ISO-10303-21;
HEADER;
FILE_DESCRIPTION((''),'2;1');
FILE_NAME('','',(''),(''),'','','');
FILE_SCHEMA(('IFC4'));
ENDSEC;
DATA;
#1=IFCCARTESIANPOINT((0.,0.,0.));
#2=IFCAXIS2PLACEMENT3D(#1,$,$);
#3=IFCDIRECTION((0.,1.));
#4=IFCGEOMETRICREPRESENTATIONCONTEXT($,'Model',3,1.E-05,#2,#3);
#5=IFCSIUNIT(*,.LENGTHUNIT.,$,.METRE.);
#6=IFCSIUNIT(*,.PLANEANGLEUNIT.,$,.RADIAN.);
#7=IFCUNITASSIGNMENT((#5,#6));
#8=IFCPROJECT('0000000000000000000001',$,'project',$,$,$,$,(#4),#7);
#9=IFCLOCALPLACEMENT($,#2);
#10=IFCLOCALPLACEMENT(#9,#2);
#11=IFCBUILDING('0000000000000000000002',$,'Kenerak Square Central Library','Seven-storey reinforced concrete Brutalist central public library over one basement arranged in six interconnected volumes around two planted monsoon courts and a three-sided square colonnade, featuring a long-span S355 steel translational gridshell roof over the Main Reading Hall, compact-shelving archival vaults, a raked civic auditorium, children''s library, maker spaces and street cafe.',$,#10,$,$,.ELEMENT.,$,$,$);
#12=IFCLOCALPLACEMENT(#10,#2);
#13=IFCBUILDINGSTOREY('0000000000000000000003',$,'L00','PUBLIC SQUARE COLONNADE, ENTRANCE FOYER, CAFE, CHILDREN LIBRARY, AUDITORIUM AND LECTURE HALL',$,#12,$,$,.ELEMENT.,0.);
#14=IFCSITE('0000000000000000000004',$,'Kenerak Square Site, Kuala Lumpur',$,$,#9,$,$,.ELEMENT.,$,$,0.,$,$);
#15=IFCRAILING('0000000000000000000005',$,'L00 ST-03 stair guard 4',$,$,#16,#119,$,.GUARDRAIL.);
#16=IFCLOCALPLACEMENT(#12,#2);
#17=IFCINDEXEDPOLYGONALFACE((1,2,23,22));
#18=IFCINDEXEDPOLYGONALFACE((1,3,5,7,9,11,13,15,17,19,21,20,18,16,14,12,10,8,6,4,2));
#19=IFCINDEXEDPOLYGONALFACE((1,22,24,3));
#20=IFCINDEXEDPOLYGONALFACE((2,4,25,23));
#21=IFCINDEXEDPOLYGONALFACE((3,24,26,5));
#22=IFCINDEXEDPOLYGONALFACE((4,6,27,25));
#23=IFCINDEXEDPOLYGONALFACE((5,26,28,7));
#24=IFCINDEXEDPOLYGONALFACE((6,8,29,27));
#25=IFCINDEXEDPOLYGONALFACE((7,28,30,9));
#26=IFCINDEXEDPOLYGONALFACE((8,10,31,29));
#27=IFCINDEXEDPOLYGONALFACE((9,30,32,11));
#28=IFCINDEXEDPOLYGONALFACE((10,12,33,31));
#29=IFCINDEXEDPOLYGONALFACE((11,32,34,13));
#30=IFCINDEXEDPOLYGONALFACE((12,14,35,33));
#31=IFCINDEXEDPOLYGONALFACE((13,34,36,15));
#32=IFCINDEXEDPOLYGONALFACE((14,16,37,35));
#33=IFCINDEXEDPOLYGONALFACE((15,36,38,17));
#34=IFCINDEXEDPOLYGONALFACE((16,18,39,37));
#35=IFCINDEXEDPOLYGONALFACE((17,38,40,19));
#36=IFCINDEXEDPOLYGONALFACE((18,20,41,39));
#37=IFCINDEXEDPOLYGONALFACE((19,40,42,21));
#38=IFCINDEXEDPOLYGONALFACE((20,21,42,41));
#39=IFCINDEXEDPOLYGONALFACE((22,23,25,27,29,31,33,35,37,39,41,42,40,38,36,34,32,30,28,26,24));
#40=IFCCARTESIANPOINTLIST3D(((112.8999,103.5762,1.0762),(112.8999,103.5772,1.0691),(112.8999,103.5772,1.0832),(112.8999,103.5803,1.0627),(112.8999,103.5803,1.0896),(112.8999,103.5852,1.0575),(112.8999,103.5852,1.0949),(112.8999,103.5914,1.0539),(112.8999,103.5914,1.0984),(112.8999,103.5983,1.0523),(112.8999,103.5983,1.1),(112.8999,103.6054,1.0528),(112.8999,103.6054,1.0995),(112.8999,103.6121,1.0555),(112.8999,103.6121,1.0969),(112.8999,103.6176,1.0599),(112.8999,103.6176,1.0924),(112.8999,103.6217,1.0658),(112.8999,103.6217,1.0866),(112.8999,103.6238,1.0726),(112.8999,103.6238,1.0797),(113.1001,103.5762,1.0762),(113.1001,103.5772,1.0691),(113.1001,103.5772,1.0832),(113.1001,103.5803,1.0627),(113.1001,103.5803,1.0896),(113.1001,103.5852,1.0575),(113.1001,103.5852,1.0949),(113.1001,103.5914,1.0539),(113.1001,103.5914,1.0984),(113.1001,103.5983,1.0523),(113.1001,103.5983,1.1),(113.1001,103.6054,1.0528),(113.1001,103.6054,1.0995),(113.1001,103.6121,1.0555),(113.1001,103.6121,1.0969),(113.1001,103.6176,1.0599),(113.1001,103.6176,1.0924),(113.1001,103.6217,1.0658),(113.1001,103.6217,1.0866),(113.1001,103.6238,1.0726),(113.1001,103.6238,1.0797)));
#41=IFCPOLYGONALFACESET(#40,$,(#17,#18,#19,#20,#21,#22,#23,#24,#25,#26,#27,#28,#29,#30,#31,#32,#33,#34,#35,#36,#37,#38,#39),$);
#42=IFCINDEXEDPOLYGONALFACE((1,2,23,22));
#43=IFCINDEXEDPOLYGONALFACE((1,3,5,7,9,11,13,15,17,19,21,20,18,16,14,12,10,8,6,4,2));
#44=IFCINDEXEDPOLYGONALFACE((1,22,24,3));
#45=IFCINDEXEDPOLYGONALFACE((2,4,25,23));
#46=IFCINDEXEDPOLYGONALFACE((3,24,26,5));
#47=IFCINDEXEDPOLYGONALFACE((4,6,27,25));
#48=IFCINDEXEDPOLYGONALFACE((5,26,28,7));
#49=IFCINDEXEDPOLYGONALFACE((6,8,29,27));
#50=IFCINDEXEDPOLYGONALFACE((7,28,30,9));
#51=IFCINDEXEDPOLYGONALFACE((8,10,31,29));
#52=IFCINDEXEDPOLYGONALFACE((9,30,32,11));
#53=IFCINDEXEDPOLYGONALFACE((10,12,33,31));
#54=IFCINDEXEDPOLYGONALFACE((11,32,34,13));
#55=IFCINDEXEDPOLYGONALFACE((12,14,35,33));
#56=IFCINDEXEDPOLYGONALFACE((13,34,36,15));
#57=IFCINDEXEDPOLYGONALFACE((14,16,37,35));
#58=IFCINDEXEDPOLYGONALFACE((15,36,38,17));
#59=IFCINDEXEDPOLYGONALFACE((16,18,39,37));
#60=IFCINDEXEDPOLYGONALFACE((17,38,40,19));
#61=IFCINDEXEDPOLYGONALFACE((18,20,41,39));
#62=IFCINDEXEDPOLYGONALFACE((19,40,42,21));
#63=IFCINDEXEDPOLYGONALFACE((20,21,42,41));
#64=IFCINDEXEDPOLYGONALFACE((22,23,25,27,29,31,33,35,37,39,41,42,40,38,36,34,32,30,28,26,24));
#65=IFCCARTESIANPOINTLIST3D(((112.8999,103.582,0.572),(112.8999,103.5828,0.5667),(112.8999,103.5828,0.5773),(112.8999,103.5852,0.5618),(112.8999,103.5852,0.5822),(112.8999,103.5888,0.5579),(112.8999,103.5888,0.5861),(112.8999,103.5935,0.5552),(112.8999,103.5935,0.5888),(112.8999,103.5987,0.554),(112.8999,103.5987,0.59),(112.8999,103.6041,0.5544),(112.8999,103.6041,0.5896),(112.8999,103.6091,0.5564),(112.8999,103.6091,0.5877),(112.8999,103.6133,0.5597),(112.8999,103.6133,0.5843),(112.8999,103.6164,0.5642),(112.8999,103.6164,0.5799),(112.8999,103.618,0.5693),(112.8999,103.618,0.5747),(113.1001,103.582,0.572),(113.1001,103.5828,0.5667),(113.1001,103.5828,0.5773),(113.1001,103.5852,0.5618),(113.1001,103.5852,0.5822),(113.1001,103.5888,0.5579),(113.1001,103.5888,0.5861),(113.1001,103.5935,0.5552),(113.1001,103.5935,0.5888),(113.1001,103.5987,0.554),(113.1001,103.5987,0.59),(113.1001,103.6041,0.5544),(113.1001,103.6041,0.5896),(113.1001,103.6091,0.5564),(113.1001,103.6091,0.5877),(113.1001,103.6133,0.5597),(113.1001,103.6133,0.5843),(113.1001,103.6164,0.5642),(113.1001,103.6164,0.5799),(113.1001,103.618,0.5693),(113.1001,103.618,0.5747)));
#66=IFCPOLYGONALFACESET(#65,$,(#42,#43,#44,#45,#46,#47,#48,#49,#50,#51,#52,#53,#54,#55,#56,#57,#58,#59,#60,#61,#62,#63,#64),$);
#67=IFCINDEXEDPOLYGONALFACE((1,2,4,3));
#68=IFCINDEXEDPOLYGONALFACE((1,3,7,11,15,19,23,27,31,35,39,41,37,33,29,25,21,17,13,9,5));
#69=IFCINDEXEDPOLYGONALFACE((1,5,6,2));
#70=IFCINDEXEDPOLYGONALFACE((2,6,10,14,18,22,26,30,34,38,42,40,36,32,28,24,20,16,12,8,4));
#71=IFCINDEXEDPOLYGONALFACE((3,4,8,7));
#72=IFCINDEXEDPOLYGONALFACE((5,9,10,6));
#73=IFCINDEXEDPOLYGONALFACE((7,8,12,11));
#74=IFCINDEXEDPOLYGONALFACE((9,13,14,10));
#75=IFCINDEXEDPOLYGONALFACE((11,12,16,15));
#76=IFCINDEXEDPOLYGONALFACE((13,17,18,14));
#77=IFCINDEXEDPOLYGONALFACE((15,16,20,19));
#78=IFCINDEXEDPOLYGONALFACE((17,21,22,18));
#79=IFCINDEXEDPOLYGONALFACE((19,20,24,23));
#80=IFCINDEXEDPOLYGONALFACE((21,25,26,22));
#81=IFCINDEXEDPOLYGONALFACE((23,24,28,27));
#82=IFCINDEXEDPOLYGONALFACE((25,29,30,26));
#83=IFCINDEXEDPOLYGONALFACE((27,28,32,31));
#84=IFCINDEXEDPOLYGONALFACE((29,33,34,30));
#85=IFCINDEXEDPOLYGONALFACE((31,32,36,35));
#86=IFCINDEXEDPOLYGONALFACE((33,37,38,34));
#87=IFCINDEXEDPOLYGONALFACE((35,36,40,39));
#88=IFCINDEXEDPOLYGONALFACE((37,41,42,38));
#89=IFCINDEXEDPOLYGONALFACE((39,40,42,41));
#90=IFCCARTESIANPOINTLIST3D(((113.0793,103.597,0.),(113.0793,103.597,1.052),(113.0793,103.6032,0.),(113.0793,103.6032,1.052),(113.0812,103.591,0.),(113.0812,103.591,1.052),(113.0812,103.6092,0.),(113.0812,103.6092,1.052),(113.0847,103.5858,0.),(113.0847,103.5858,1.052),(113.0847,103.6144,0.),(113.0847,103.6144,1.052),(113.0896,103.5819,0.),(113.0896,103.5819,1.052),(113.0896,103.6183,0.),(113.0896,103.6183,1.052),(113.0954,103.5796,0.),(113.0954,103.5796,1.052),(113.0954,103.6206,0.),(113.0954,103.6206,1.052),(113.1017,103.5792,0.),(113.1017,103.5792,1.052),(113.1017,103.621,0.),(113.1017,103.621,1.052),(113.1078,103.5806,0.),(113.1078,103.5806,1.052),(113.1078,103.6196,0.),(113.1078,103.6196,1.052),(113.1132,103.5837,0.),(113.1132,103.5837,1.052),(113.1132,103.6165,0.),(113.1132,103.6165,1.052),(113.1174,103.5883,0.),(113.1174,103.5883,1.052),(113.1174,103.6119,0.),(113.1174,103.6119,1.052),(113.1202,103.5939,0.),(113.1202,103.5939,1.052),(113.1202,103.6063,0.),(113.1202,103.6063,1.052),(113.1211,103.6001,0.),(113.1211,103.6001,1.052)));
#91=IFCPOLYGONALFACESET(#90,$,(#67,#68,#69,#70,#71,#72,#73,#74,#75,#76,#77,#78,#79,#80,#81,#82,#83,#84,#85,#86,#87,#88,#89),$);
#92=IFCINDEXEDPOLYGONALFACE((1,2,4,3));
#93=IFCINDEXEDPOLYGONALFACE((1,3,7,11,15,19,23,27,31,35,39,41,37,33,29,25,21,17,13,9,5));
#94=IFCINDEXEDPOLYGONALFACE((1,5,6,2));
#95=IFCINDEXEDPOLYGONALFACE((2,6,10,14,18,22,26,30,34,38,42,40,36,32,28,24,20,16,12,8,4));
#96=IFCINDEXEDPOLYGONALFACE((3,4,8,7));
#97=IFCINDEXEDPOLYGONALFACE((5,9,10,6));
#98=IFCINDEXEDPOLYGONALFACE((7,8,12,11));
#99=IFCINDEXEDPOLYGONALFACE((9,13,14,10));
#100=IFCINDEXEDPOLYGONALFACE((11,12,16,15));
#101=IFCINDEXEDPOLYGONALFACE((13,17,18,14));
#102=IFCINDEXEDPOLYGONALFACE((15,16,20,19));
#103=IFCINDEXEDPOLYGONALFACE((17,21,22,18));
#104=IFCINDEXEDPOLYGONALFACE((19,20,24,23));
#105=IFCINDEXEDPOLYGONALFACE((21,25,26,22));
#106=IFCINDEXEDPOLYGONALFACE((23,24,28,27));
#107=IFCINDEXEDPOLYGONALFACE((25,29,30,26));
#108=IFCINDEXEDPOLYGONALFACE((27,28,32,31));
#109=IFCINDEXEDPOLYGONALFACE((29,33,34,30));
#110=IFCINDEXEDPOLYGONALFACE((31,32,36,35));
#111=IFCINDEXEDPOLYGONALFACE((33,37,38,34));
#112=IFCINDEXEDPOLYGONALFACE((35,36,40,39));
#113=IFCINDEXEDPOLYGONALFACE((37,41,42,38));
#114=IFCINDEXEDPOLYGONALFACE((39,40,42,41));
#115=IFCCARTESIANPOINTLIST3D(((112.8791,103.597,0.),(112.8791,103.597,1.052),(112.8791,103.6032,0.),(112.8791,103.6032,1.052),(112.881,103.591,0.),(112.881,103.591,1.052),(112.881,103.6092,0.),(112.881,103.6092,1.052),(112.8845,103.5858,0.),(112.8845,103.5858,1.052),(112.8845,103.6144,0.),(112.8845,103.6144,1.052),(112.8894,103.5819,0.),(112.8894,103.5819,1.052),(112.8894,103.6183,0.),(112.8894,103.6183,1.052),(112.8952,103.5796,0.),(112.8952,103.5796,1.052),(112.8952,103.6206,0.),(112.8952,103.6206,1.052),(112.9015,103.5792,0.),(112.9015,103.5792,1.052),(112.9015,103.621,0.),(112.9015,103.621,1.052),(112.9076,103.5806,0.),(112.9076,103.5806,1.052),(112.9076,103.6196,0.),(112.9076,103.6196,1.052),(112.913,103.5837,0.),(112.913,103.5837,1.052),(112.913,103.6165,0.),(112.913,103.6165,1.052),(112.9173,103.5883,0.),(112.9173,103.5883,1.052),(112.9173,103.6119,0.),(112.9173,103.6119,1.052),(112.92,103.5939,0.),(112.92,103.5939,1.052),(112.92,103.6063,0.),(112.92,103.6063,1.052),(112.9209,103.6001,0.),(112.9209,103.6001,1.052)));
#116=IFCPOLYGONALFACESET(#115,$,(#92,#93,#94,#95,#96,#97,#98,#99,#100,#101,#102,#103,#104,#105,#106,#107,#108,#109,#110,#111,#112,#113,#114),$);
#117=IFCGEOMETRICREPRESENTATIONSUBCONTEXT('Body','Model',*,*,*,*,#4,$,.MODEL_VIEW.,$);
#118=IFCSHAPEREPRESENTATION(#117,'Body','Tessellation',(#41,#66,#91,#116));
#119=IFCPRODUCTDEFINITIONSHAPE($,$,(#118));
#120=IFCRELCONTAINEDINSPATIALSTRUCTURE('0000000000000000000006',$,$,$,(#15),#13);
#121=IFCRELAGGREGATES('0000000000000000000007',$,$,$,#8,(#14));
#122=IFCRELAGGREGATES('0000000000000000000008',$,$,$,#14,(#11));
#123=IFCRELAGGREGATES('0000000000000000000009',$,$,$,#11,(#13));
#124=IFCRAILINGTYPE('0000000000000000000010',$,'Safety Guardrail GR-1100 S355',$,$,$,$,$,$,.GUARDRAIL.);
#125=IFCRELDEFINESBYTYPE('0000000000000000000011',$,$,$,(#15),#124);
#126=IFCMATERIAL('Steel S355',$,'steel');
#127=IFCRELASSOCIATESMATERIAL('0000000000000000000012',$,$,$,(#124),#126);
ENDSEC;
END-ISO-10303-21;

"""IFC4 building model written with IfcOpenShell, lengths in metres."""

from ifc_helpers import new_model, si_unit, direction, frame, origin, origin_2d, place, context, subcontext, project, spatial, circle, extrude, material, type_object, element, save


model = new_model("IFC4")

# Units and contexts
model_context = context("Model", 3, precision=1e-05, world=origin(), true_north=direction((0.0, 1.0)))
body_context = subcontext(model_context, "Body", "Model", "MODEL_VIEW")
ifc_project = project(units=[si_unit("LENGTHUNIT", "METRE"), si_unit("PLANEANGLEUNIT", "RADIAN")], contexts=[model_context])

# Site, building, storey
site_placement = place(None, origin())
site = spatial("IfcSite", under=ifc_project, at=site_placement, Name="Kenerak Square Site, Kuala Lumpur", CompositionType="ELEMENT", RefElevation=0.0)
building_placement = place(site_placement, origin())
building = spatial("IfcBuilding", under=site, at=building_placement, Name="Kenerak Square Central Library", Description="Seven-storey reinforced concrete Brutalist central public library over one basement arranged in six interconnected volumes around two planted monsoon courts and a three-sided square colonnade, featuring a long-span S355 steel translational gridshell roof over the Main Reading Hall, compact-shelving archival vaults, a raked civic auditorium, children's library, maker spaces and street cafe.", CompositionType="ELEMENT")
storey_placement = place(building_placement, origin())
storey = spatial("IfcBuildingStorey", under=building, at=storey_placement, Name="L00", Description="PUBLIC SQUARE COLONNADE, ENTRANCE FOYER, CAFE, CHILDREN LIBRARY, AUDITORIUM AND LECTURE HALL", CompositionType="ELEMENT", Elevation=0.0)

# Railing
ifc_material_1 = material(Name="Steel S355", Category="steel")
railing_type_1 = type_object("IfcRailingType", Name="Safety Guardrail GR-1100 S355", PredefinedType="GUARDRAIL", material=ifc_material_1)
railing_1_placement = place(storey_placement, frame((113.1001, 103.6001, 0.0)))
element("IfcRailing", 1, at=railing_1_placement, inside=storey, type_object=railing_type_1, Name="L00 ST-03 stair guard 4", PredefinedType="GUARDRAIL", context=body_context, shape_type="SweptSolid", body=[
    extrude(circle(Radius=0.0239, at=origin_2d()), frame((0.0, 0.0, 1.0762), z_axis=(-1.0, 0.0, 0.0), x_axis=(0.0, -1.0, 0.0)), (0.0, 0.0, 1.0), 0.2002),
    extrude(circle(Radius=0.0181, at=origin_2d()), frame((0.0, 0.0, 0.572), z_axis=(-1.0, 0.0, 0.0), x_axis=(0.0, -1.0, 0.0)), (0.0, 0.0, 1.0), 0.2002),
    extrude(circle(Radius=0.021, at=origin_2d()), origin(), (0.0, 0.0, 1.0), 1.052),
    extrude(circle(Radius=0.021, at=origin_2d()), frame((-0.2002, 0.0, 0.0)), (0.0, 0.0, 1.0), 1.052),
])

save(model, "model.ifc")
